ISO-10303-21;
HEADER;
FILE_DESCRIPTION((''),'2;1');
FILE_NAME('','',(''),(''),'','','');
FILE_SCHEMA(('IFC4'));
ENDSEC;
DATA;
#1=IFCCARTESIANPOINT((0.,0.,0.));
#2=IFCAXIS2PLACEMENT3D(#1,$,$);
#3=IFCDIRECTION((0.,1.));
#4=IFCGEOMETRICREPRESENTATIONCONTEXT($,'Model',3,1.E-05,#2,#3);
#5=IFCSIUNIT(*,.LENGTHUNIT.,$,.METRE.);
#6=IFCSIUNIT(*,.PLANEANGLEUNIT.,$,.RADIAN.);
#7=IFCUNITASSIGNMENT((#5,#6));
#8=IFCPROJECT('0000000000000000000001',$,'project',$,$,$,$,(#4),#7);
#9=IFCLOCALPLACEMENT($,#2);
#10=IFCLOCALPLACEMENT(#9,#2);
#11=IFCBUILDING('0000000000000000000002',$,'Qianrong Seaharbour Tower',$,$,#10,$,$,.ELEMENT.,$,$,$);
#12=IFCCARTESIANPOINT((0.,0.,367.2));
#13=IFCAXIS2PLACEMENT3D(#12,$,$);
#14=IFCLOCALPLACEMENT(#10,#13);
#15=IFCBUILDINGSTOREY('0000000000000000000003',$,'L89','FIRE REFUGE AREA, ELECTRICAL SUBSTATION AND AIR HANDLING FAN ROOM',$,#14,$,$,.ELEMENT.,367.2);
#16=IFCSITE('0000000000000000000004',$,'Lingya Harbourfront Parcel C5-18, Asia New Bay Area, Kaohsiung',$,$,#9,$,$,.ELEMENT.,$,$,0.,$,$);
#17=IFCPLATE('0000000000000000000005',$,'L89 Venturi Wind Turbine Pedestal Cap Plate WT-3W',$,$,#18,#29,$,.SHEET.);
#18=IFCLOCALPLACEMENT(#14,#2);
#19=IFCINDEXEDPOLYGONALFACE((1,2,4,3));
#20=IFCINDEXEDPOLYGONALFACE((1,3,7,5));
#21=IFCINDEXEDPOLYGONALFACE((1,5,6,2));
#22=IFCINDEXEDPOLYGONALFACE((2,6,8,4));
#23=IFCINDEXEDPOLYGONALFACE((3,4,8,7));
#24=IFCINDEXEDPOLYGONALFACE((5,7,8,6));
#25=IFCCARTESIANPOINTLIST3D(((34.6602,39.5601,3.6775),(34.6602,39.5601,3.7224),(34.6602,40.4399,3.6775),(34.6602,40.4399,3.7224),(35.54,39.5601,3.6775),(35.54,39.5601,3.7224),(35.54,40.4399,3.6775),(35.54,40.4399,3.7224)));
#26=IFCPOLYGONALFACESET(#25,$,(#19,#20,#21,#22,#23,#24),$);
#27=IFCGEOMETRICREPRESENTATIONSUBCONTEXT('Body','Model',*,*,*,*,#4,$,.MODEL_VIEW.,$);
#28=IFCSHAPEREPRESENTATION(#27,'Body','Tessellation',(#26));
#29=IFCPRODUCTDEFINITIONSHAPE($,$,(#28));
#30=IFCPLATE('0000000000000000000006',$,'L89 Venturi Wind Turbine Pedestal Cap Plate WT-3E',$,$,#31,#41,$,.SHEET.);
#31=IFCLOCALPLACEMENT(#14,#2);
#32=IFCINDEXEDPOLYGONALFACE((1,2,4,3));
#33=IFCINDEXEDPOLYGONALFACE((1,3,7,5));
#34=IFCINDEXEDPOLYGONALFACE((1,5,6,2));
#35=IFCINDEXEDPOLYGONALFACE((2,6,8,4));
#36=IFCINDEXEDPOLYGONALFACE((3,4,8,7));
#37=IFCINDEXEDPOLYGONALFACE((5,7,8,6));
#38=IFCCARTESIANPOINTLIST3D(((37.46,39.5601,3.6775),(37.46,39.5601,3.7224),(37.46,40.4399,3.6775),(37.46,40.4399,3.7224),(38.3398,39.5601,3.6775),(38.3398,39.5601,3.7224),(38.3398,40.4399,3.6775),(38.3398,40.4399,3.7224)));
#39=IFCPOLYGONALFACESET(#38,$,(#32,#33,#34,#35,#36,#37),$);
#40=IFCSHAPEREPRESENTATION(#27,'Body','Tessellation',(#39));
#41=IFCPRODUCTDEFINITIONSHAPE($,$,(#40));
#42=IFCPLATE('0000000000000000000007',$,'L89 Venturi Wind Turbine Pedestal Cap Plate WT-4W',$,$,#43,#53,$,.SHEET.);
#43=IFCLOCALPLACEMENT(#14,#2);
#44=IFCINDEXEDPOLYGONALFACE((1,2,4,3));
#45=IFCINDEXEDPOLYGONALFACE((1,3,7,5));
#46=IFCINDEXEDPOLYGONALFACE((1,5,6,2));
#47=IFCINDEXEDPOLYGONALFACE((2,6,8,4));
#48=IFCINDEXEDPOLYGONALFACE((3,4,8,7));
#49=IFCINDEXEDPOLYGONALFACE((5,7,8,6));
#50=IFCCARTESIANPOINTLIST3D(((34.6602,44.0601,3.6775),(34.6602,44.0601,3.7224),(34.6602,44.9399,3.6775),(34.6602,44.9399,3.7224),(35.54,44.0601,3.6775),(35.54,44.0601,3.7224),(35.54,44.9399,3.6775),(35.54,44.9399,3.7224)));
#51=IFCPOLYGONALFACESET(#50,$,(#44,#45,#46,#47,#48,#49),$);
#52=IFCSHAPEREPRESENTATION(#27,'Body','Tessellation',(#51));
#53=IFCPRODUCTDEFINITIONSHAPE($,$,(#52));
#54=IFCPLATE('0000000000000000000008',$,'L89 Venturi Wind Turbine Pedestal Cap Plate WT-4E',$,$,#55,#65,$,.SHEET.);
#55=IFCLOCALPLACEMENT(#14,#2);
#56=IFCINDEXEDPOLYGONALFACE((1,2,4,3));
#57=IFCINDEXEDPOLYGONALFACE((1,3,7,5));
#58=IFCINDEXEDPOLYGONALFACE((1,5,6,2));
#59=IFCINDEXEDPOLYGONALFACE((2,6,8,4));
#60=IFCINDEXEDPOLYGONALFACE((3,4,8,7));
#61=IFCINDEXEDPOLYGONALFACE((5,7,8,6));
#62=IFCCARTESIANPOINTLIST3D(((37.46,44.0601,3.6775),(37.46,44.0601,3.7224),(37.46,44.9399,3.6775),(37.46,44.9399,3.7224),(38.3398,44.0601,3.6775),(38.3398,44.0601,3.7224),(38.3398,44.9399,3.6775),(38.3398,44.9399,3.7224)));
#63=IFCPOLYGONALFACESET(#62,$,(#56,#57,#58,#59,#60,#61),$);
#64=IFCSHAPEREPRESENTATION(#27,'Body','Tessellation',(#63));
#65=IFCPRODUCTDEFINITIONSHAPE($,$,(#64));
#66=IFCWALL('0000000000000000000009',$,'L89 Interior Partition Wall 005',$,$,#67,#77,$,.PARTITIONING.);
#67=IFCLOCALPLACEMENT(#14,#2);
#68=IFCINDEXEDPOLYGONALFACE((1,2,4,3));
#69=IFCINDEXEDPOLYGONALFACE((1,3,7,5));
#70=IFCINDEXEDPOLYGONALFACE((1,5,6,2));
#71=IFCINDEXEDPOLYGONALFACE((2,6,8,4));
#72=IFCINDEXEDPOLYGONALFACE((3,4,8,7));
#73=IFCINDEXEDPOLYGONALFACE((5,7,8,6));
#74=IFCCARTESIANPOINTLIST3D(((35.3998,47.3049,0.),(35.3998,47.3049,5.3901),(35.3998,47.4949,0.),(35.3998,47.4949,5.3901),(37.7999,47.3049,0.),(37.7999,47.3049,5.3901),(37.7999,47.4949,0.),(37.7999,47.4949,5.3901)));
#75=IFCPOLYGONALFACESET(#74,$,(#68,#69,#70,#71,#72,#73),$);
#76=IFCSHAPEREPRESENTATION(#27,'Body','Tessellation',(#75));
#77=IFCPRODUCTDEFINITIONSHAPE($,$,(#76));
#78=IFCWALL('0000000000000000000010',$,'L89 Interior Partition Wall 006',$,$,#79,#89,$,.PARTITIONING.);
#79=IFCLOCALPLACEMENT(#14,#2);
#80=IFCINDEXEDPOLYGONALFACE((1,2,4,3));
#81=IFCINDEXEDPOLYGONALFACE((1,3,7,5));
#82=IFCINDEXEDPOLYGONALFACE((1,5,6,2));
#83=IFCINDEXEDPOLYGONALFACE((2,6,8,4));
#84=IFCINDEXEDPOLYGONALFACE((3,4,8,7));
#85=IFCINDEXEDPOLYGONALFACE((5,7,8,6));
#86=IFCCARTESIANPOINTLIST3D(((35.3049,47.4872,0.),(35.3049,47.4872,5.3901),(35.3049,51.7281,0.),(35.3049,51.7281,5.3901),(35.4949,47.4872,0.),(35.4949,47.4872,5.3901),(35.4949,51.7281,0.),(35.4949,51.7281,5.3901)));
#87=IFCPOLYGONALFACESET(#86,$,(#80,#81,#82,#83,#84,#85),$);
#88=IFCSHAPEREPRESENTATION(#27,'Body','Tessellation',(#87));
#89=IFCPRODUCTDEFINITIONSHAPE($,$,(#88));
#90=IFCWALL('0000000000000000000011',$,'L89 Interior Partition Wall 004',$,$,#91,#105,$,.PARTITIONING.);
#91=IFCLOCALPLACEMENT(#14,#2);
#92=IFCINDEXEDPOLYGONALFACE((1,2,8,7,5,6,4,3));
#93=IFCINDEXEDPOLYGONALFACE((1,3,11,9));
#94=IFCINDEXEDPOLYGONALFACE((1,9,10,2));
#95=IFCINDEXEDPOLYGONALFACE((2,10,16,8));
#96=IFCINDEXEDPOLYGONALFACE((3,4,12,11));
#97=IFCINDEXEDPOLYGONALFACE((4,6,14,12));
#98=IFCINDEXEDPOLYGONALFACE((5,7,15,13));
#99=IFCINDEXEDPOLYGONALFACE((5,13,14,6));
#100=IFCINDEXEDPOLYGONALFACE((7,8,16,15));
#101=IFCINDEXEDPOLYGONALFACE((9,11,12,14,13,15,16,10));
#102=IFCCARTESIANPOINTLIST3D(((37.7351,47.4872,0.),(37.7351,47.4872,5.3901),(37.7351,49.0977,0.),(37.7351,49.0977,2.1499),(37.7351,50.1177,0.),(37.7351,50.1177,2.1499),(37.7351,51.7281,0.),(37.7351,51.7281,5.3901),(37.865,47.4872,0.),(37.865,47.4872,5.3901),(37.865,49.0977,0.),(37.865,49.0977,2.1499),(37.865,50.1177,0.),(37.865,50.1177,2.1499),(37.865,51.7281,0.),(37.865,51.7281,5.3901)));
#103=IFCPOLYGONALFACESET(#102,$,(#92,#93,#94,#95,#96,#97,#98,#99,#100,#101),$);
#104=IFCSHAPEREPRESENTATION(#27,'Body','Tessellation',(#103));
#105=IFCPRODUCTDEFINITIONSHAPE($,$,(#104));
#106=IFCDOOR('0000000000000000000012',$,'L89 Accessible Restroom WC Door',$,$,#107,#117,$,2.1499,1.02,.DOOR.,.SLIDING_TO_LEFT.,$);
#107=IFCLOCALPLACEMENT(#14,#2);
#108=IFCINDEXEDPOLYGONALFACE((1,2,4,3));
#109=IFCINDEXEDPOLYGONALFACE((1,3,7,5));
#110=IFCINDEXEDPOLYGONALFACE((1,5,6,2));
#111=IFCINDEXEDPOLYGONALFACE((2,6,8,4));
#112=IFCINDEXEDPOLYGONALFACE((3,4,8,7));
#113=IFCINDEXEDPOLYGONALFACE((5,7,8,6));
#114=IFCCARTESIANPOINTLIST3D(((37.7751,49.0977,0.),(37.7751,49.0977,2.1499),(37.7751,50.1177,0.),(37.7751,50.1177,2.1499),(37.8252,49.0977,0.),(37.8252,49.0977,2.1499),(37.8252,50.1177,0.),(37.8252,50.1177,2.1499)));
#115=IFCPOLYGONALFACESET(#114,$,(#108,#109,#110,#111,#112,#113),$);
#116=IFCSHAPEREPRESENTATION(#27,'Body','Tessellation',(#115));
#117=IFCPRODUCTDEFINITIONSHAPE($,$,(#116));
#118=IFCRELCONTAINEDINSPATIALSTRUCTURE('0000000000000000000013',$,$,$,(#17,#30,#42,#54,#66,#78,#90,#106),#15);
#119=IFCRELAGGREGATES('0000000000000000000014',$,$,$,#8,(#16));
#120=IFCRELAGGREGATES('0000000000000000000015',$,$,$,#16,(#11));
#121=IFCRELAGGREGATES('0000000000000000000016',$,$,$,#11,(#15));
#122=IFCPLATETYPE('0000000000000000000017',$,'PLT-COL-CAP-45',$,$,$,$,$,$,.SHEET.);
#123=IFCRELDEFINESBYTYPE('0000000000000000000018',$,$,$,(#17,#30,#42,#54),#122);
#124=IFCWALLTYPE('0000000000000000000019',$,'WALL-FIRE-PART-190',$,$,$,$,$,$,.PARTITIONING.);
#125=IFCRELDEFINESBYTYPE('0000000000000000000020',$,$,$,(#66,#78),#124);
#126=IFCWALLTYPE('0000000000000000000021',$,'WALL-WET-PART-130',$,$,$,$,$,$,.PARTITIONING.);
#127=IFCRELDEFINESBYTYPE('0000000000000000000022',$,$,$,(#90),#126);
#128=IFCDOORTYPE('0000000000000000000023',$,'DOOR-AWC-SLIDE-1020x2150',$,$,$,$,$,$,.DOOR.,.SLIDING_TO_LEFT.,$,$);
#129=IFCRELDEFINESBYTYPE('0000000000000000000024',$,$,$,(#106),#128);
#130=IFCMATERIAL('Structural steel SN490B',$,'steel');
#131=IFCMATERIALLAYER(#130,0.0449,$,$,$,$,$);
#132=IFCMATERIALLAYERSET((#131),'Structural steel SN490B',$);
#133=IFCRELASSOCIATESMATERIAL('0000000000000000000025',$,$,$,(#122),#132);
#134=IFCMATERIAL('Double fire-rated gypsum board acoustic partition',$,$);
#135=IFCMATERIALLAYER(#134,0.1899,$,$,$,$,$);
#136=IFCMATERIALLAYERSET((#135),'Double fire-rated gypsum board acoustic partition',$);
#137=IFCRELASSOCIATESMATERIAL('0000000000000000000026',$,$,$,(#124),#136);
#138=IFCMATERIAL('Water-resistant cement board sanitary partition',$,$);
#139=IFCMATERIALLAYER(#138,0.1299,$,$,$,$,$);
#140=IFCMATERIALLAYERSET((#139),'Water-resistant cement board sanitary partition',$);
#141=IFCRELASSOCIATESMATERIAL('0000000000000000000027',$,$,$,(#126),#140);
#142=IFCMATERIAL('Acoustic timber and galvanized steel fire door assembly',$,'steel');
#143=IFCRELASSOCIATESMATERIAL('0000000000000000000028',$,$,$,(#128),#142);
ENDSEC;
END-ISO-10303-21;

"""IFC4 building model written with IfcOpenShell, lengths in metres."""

from ifc_helpers import new_model, si_unit, direction, frame, frame_2d, origin, origin_2d, place, context, subcontext, project, spatial, rectangle, extrude, material, layer, layer_set, type_object, element, fill, save


model = new_model("IFC4")

# Units and contexts
model_context = context("Model", 3, precision=1e-05, world=origin(), true_north=direction((0.0, 1.0)))
body_context = subcontext(model_context, "Body", "Model", "MODEL_VIEW")
ifc_project = project(units=[si_unit("LENGTHUNIT", "METRE"), si_unit("PLANEANGLEUNIT", "RADIAN")], contexts=[model_context])

# Site, building, storey
site_placement = place(None, origin())
site = spatial("IfcSite", under=ifc_project, at=site_placement, Name="Lingya Harbourfront Parcel C5-18, Asia New Bay Area, Kaohsiung", CompositionType="ELEMENT", RefElevation=0.0)
building_placement = place(site_placement, origin())
building = spatial("IfcBuilding", under=site, at=building_placement, Name="Qianrong Seaharbour Tower", CompositionType="ELEMENT")
storey_placement = place(building_placement, frame((0.0, 0.0, 367.2)))
storey = spatial("IfcBuildingStorey", under=building, at=storey_placement, Name="L89", Description="FIRE REFUGE AREA, ELECTRICAL SUBSTATION AND AIR HANDLING FAN ROOM", CompositionType="ELEMENT", Elevation=367.2)

# Shared definitions
ifc_material_1 = material(Name="Structural steel SN490B", Category="steel")

# Plates
ifc_layer_1 = layer(ifc_material_1, 0.0449)
ifc_layer_set_1 = layer_set([ifc_layer_1], Name="Structural steel SN490B")
plate_type_1 = type_object("IfcPlateType", Name="PLT-COL-CAP-45", PredefinedType="SHEET", material=ifc_layer_set_1)
for number, where, z_axis, x_axis, name in (
    (1, (35.1001, 40.0, 3.6775), (0.0, 0.0, 1.0), (1.0, 0.0, 0.0), "L89 Venturi Wind Turbine Pedestal Cap Plate WT-3W"),
    (2, (37.8999, 40.0, 3.6775), (0.0, 0.0, 1.0), (1.0, 0.0, 0.0), "L89 Venturi Wind Turbine Pedestal Cap Plate WT-3E"),
    (3, (35.1001, 44.5, 3.6775), (0.0, 0.0, 1.0), (1.0, 0.0, 0.0), "L89 Venturi Wind Turbine Pedestal Cap Plate WT-4W"),
    (4, (37.8999, 44.5, 3.6775), (0.0, 0.0, 1.0), (1.0, 0.0, 0.0), "L89 Venturi Wind Turbine Pedestal Cap Plate WT-4E"),
):
    element("IfcPlate", number, at=place(storey_placement, frame(where, z_axis=z_axis, x_axis=x_axis)), inside=storey, type_object=plate_type_1, Name=name, PredefinedType="SHEET", context=body_context, shape_type="SweptSolid", body=[
        extrude(rectangle(XDim=0.8799, YDim=0.8799, at=origin_2d()), origin(), (0.0, 0.0, 1.0), 0.0449),
    ])

# Shared definitions
ifc_material_2 = material(Name="Acoustic timber and galvanized steel fire door assembly", Category="steel")
ifc_material_3 = material(Name="Double fire-rated gypsum board acoustic partition")
ifc_layer_2 = layer(ifc_material_3, 0.1899)
ifc_layer_set_2 = layer_set([ifc_layer_2], Name="Double fire-rated gypsum board acoustic partition")
wall_type_1 = type_object("IfcWallType", Name="WALL-FIRE-PART-190", PredefinedType="PARTITIONING", material=ifc_layer_set_2)

# Walls
wall_1_placement = place(storey_placement, frame((37.8, 47.3999, 0.0), z_axis=(0.0, 0.0, 1.0), x_axis=(-1.0, 0.0, 0.0)))
element("IfcWall", 5, at=wall_1_placement, inside=storey, type_object=wall_type_1, Name="L89 Interior Partition Wall 005", PredefinedType="PARTITIONING", context=body_context, shape_type="SweptSolid", body=[
    extrude(rectangle(XDim=2.4001, YDim=0.1899, at=frame_2d((1.2002, 0.0))), origin(), (0.0, 0.0, 1.0), 5.3901),
])
wall_2_placement = place(storey_placement, frame((35.3999, 47.4871, 0.0), z_axis=(0.0, 0.0, 1.0), x_axis=(0.0, 1.0, 0.0)))
element("IfcWall", 6, at=wall_2_placement, inside=storey, type_object=wall_type_1, Name="L89 Interior Partition Wall 006", PredefinedType="PARTITIONING", context=body_context, shape_type="SweptSolid", body=[
    extrude(rectangle(XDim=4.241, YDim=0.1899, at=frame_2d((2.1206, 0.0))), origin(), (0.0, 0.0, 1.0), 5.3901),
])

# Wall, opening, door
ifc_material_4 = material(Name="Water-resistant cement board sanitary partition")
ifc_layer_3 = layer(ifc_material_4, 0.1299)
ifc_layer_set_3 = layer_set([ifc_layer_3], Name="Water-resistant cement board sanitary partition")
wall_type_2 = type_object("IfcWallType", Name="WALL-WET-PART-130", PredefinedType="PARTITIONING", material=ifc_layer_set_3)
wall_3_placement = place(storey_placement, frame((37.8, 47.4871, 0.0), z_axis=(0.0, 0.0, 1.0), x_axis=(0.0, 1.0, 0.0)))
wall_3 = element("IfcWall", 7, at=wall_3_placement, inside=storey, type_object=wall_type_2, Name="L89 Interior Partition Wall 004", PredefinedType="PARTITIONING", context=body_context, shape_type="SweptSolid", body=[
    extrude(rectangle(XDim=4.241, YDim=0.1299, at=frame_2d((2.1206, 0.0))), origin(), (0.0, 0.0, 1.0), 5.3901),
])
opening_1_placement = place(wall_3_placement, frame((1.6106, 0.0, 0.0)))
opening_1 = element("IfcOpeningElement", 8, at=opening_1_placement, cuts=wall_3, PredefinedType="OPENING", context=body_context, shape_type="SweptSolid", body=[
    extrude(rectangle(XDim=1.02, YDim=2.1499, at=frame_2d((0.51, 1.075))), frame((0.0, 0.075, 0.0), z_axis=(0.0, -1.0, 0.0), x_axis=(1.0, 0.0, 0.0)), (0.0, 0.0, 1.0), 0.1499),
])
door_type_1 = type_object("IfcDoorType", Name="DOOR-AWC-SLIDE-1020x2150", OperationType="SLIDING_TO_LEFT", PredefinedType="DOOR", material=ifc_material_2)
door_1_placement = place(opening_1_placement, origin())
door_1 = element("IfcDoor", 9, at=door_1_placement, inside=storey, type_object=door_type_1, Name="L89 Accessible Restroom WC Door", OperationType="SLIDING_TO_LEFT", OverallHeight=2.1499, OverallWidth=1.02, PredefinedType="DOOR", context=body_context, shape_type="SweptSolid", body=[
    extrude(rectangle(XDim=1.02, YDim=2.1499, at=frame_2d((0.51, 1.075))), frame((0.0, 0.0249, 0.0), z_axis=(0.0, -1.0, 0.0), x_axis=(1.0, 0.0, 0.0)), (0.0, 0.0, 1.0), 0.05),
])
fill(opening_1, door_1)

save(model, "model.ifc")
